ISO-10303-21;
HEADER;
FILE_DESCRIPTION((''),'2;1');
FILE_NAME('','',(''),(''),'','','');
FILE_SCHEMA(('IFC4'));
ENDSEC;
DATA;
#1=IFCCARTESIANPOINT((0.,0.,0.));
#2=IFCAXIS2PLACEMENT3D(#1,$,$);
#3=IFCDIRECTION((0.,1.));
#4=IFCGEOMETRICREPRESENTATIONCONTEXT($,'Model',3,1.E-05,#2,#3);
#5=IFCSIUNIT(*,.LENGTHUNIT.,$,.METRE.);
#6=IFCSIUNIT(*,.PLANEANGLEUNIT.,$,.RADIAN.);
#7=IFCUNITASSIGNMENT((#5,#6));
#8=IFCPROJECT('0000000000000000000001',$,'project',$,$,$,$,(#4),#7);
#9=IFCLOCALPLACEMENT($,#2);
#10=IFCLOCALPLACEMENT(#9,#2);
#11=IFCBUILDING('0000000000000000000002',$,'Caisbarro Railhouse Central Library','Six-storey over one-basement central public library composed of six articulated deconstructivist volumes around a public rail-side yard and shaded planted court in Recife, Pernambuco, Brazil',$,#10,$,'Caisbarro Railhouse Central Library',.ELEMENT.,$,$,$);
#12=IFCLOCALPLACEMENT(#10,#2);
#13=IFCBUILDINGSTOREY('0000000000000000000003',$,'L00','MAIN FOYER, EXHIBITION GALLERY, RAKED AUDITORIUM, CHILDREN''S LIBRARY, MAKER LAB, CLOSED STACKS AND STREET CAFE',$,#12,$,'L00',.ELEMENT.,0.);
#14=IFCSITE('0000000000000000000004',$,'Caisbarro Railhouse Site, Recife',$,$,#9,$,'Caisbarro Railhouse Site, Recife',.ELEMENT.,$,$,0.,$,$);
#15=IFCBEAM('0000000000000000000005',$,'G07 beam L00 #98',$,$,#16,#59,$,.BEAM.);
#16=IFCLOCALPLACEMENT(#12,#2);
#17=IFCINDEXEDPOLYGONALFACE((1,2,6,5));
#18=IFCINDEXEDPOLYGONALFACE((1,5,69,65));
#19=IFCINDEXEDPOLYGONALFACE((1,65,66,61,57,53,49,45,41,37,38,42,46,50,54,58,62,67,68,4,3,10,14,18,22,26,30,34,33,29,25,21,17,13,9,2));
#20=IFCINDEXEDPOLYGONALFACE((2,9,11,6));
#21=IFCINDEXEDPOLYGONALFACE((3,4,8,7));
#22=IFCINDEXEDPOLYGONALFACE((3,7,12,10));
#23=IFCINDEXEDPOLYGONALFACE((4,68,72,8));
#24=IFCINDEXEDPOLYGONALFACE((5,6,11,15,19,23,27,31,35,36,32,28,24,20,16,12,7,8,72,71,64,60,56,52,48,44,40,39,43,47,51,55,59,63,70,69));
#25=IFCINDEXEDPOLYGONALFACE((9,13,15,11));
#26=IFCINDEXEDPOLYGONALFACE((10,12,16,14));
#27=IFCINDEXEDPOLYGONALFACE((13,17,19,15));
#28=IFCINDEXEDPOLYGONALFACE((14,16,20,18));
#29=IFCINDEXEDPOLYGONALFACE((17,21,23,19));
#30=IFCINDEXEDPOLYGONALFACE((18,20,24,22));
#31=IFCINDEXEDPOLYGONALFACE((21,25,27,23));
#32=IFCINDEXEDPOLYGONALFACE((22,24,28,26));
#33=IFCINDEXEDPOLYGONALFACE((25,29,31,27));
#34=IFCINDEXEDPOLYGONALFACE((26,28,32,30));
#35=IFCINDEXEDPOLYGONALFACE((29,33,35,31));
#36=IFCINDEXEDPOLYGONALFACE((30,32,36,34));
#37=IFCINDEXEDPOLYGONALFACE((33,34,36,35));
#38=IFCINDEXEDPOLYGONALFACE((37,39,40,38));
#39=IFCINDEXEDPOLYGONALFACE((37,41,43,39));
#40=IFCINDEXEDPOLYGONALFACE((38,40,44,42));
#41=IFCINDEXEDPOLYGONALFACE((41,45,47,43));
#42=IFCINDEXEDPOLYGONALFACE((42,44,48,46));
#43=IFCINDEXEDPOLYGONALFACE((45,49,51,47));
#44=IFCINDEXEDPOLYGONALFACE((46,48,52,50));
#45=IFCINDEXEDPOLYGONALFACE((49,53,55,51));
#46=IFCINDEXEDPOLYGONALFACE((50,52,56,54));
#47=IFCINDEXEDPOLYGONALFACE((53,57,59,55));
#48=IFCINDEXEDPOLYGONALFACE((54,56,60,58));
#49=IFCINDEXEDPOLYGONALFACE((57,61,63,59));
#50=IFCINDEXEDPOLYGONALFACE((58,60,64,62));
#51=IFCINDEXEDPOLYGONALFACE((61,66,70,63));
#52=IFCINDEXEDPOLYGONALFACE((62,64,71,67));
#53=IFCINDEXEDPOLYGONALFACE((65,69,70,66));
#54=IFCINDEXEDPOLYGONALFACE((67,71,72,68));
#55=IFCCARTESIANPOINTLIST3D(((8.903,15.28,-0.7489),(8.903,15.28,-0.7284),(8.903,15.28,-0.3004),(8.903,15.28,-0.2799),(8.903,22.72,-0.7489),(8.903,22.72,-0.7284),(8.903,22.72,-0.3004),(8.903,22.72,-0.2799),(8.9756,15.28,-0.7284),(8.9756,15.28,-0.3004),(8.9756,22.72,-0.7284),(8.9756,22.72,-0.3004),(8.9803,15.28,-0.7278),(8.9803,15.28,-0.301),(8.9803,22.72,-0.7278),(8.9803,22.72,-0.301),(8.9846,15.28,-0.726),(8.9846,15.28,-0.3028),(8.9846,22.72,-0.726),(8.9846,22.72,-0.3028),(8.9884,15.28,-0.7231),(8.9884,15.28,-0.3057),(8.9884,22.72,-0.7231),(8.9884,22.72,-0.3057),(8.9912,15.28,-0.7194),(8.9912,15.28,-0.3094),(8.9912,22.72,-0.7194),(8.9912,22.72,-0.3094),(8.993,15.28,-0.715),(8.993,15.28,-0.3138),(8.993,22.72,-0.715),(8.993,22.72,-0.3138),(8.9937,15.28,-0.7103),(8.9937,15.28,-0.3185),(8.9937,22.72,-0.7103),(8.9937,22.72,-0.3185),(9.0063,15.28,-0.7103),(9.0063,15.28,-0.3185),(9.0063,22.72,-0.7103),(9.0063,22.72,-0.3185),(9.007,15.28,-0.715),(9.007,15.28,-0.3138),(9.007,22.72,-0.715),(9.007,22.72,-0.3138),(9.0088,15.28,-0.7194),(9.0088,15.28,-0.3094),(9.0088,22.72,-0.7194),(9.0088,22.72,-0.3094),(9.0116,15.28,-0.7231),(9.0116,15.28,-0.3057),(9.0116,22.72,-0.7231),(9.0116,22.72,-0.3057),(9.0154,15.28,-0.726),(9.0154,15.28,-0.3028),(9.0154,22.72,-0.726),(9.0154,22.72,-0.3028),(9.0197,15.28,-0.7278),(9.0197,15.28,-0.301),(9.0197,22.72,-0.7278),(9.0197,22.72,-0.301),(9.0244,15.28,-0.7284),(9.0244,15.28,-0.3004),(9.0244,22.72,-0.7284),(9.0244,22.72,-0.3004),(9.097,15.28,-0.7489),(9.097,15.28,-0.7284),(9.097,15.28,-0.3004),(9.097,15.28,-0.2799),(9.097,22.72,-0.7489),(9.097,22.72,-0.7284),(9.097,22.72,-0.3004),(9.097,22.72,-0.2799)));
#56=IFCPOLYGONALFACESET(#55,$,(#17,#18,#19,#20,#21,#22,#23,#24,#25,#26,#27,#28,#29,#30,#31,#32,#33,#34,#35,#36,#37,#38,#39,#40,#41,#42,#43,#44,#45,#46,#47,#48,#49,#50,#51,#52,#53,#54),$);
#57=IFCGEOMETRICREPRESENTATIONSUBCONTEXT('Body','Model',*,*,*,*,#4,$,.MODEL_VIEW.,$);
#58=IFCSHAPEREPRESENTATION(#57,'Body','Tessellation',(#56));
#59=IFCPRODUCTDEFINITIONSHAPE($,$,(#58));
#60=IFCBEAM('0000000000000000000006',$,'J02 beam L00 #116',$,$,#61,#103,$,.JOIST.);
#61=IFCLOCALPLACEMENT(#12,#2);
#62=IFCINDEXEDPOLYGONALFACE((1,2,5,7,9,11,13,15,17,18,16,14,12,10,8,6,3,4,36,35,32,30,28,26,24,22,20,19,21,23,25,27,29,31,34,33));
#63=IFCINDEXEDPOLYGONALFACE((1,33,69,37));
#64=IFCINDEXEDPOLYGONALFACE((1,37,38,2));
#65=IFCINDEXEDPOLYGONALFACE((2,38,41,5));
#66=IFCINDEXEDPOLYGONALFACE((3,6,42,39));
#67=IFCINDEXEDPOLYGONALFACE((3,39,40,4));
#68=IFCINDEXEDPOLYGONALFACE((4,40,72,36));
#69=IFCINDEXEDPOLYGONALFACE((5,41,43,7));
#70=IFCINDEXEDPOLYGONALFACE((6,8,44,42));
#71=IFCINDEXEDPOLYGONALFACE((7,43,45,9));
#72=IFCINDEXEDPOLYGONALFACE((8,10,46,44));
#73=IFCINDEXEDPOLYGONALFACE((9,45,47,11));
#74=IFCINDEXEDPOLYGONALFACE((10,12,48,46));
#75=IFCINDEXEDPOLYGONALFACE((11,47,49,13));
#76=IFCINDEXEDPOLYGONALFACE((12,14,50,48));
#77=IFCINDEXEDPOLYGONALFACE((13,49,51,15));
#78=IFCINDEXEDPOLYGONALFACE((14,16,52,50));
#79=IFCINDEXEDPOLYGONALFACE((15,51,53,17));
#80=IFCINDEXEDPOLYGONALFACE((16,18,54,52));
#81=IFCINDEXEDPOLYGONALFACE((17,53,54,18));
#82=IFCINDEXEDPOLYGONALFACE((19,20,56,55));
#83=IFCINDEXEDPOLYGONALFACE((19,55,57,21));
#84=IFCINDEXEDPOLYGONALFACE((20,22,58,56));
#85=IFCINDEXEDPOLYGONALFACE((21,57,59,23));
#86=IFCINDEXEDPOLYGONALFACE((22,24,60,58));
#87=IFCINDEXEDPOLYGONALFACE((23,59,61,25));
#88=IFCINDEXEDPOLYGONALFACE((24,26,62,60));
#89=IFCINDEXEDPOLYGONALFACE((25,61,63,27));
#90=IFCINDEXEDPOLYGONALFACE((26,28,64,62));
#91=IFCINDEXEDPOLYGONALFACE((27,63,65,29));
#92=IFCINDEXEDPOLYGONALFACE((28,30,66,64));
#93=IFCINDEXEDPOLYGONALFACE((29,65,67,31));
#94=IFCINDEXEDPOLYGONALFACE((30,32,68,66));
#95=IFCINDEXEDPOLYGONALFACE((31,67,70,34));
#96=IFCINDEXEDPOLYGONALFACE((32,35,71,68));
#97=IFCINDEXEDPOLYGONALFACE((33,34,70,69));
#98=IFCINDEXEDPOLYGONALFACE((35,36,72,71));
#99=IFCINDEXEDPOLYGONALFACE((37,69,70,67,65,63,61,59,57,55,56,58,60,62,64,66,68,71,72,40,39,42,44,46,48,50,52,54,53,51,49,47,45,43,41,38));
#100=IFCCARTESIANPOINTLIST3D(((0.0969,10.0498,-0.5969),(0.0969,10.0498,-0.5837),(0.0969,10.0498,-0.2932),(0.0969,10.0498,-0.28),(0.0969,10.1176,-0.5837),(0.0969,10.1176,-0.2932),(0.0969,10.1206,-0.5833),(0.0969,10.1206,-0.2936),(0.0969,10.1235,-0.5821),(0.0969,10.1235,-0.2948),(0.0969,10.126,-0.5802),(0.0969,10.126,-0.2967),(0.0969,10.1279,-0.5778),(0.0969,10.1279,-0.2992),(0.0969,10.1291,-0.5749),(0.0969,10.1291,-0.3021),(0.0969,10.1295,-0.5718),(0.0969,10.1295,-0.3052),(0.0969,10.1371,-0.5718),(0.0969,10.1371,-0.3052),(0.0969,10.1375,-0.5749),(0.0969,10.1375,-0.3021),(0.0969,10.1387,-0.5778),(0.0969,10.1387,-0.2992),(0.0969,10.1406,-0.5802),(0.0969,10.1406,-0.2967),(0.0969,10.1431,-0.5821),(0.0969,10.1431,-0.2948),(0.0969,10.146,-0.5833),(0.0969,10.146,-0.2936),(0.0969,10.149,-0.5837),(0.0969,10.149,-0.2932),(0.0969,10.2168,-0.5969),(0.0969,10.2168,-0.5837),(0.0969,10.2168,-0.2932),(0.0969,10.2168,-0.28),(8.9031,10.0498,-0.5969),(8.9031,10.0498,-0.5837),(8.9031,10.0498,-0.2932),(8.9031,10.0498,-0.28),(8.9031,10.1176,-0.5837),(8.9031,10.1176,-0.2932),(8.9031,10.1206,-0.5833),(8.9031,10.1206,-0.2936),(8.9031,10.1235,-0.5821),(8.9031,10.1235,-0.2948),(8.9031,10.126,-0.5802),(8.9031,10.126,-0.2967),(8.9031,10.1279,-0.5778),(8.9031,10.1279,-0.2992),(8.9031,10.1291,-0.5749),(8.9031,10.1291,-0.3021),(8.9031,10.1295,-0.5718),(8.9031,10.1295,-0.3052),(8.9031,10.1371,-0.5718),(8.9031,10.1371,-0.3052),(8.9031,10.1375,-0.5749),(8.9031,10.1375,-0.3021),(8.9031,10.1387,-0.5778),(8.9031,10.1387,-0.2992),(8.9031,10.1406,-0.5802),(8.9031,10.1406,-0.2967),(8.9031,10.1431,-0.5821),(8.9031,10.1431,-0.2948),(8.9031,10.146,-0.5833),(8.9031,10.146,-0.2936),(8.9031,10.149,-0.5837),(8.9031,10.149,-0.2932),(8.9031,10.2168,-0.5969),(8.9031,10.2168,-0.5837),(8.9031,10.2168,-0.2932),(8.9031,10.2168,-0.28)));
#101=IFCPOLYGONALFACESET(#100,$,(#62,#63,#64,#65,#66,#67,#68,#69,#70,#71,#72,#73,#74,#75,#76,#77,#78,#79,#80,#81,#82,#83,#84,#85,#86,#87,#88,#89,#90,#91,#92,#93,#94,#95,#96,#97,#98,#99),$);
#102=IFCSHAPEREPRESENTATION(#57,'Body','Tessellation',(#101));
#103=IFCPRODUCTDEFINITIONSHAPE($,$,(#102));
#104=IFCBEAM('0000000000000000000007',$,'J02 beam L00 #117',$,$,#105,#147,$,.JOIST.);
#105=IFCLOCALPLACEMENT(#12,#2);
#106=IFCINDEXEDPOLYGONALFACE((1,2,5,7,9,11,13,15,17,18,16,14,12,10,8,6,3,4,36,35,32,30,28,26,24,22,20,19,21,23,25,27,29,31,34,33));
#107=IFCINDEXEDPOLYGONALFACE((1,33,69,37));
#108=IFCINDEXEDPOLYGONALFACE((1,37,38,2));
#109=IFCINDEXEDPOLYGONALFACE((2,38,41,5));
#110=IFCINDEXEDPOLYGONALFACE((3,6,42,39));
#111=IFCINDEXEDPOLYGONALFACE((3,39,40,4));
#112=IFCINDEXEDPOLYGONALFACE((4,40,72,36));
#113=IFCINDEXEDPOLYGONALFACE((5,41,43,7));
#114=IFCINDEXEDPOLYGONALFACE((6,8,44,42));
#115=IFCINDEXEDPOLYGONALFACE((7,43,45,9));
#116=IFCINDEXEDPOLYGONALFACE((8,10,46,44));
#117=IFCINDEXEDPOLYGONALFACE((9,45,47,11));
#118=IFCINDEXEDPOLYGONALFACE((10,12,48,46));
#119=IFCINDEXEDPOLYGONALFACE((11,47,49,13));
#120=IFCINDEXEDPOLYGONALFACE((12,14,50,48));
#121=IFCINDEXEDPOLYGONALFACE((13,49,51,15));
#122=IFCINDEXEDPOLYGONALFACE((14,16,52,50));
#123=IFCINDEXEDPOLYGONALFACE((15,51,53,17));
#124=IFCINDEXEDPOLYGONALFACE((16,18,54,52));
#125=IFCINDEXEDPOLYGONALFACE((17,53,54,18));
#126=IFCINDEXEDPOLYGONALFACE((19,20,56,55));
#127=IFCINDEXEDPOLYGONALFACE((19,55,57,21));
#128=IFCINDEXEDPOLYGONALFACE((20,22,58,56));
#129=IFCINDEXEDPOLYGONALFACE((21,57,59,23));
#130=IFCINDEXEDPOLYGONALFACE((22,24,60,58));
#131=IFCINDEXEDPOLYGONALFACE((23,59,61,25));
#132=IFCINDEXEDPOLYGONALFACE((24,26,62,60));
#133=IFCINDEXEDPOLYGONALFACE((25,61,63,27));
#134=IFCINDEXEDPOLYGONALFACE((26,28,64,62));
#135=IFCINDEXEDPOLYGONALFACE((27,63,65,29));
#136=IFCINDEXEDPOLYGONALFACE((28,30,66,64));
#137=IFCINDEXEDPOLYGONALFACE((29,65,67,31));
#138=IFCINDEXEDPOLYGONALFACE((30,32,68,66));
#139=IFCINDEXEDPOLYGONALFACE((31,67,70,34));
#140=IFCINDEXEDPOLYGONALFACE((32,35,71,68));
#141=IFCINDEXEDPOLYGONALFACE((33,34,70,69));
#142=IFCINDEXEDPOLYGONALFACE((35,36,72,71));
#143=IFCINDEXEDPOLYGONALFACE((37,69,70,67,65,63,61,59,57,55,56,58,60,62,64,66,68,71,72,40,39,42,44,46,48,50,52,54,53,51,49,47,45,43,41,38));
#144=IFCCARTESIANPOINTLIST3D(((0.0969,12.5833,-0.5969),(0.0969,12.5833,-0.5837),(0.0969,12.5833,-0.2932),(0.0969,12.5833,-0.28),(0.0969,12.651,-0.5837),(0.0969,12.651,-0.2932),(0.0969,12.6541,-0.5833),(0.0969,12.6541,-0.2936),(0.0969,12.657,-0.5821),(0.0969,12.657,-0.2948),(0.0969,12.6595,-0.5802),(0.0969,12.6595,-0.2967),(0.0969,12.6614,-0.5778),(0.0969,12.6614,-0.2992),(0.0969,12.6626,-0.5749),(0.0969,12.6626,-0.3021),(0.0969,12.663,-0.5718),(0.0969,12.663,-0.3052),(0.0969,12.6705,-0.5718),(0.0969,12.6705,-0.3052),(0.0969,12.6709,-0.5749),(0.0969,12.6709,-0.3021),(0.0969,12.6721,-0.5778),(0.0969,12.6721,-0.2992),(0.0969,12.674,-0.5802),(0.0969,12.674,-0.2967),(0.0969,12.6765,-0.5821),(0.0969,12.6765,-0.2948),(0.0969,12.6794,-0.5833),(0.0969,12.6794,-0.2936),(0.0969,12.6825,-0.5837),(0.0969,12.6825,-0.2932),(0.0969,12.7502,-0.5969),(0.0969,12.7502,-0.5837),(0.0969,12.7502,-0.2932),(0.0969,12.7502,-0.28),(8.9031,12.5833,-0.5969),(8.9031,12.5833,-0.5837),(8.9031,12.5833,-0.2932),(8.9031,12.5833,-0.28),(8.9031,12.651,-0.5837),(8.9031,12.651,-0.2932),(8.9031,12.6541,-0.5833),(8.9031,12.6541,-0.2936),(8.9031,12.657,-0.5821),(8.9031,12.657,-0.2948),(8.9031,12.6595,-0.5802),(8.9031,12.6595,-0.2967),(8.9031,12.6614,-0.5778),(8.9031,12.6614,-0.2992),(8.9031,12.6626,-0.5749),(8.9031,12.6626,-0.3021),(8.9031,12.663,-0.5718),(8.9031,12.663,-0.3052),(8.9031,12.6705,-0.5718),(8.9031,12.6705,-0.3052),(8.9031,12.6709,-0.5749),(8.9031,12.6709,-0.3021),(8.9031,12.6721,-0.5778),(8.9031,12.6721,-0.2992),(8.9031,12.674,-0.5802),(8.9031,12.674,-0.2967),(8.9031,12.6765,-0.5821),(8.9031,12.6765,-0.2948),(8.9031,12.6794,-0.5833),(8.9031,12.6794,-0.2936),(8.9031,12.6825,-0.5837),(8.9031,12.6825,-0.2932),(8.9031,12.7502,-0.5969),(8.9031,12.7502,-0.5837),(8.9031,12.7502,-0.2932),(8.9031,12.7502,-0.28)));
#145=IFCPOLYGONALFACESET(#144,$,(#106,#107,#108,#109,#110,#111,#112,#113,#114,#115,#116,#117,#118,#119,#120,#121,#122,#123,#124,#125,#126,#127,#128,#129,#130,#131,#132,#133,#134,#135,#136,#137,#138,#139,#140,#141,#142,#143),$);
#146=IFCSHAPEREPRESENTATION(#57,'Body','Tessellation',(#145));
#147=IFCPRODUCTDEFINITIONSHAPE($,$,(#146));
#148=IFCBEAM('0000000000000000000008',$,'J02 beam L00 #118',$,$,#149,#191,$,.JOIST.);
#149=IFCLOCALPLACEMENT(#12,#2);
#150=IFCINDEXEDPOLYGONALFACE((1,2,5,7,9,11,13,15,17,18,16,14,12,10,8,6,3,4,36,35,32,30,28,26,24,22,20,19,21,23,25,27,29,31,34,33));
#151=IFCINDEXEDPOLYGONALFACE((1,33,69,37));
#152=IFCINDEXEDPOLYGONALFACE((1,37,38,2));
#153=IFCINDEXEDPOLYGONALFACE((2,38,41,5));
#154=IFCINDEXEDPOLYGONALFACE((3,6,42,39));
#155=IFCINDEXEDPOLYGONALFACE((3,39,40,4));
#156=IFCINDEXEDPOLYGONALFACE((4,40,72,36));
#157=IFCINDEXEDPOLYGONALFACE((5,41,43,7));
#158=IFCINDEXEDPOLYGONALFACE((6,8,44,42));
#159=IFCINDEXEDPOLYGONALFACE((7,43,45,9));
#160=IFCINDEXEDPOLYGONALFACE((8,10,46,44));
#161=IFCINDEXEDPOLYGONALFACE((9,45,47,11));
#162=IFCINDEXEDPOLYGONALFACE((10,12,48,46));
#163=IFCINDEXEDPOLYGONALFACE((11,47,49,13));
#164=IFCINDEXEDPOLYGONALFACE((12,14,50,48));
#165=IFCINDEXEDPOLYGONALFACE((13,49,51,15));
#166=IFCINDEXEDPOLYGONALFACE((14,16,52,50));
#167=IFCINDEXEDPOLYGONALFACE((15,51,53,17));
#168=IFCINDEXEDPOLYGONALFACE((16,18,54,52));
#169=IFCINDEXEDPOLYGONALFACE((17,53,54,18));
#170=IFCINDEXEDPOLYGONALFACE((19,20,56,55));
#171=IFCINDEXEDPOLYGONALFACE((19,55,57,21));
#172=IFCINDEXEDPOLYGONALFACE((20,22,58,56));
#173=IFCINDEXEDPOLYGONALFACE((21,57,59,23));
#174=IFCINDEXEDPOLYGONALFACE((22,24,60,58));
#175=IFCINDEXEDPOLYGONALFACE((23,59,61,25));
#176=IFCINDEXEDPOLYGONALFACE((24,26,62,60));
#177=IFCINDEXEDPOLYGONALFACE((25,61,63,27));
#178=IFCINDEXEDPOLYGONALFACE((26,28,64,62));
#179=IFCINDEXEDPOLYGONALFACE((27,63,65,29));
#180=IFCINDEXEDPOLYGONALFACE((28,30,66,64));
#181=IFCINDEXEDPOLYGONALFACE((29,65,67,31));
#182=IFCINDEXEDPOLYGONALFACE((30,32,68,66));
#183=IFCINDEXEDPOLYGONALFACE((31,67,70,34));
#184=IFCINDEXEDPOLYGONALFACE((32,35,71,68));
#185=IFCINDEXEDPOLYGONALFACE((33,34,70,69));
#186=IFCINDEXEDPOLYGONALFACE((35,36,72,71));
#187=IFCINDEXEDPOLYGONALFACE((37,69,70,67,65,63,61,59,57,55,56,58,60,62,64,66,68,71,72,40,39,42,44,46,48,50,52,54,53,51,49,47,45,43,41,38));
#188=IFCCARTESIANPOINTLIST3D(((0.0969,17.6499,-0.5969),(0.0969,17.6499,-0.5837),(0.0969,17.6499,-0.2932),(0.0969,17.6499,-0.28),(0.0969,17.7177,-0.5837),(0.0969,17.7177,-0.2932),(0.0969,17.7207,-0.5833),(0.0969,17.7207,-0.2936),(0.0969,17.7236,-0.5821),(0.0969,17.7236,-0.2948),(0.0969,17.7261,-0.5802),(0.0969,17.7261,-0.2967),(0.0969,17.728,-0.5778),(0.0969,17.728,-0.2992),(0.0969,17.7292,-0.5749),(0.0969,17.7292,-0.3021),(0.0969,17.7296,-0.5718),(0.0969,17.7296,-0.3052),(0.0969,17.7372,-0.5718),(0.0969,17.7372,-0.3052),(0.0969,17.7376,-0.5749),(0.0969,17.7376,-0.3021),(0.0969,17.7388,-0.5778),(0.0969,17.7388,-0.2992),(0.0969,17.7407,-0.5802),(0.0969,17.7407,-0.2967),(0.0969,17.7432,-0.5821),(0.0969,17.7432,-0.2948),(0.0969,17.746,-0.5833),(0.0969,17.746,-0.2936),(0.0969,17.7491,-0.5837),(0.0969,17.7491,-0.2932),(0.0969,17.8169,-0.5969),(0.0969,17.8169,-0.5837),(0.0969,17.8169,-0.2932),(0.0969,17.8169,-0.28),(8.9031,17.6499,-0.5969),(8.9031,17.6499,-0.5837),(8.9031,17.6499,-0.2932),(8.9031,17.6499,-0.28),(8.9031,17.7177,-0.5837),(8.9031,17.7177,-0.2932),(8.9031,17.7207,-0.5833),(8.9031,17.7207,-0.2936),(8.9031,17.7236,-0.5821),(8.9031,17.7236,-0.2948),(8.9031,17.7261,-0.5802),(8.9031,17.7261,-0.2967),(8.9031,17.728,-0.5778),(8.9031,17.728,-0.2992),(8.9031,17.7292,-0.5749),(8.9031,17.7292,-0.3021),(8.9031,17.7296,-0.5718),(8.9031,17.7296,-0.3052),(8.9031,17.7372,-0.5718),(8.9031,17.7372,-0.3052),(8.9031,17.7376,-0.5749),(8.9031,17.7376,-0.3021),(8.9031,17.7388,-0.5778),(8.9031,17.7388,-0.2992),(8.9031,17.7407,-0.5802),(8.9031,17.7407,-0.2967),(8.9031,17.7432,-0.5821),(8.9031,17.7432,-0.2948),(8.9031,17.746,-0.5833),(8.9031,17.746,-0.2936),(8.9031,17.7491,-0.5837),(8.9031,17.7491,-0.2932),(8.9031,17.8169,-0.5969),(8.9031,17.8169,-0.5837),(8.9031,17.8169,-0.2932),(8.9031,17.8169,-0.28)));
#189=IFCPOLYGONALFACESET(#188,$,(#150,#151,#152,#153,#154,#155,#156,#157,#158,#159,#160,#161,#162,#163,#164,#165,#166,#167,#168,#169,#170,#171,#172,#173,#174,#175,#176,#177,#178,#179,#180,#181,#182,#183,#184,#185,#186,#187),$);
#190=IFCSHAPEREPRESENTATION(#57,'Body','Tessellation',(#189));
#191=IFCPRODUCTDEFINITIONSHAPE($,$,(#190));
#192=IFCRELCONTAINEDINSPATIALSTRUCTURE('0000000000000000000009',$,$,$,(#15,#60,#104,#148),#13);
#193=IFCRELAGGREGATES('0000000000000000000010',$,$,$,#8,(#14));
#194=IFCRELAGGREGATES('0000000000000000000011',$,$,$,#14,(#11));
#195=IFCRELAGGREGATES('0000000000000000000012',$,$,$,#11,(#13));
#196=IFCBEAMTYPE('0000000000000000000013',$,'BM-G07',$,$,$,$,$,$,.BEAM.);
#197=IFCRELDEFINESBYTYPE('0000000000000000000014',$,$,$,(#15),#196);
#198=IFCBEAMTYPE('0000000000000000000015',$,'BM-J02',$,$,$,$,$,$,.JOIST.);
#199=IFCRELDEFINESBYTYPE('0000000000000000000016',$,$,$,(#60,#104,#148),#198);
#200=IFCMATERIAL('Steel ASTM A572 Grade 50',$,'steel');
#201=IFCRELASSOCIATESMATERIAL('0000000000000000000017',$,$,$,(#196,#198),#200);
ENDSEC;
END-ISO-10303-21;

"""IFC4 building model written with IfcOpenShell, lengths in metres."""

from ifc_helpers import new_model, si_unit, direction, frame, origin, origin_2d, place, context, subcontext, project, spatial, i_section, extrude, material, material_profile, profile_set, type_object, element, save


model = new_model("IFC4")

# Units and contexts
model_context = context("Model", 3, precision=1e-05, world=origin(), true_north=direction((0.0, 1.0)))
body_context = subcontext(model_context, "Body", "Model", "MODEL_VIEW")
ifc_project = project(units=[si_unit("LENGTHUNIT", "METRE"), si_unit("PLANEANGLEUNIT", "RADIAN")], contexts=[model_context])

# Site, building, storey
site_placement = place(None, origin())
site = spatial("IfcSite", under=ifc_project, at=site_placement, Name="Caisbarro Railhouse Site, Recife", LongName="Caisbarro Railhouse Site, Recife", CompositionType="ELEMENT", RefElevation=0.0)
building_placement = place(site_placement, origin())
building = spatial("IfcBuilding", under=site, at=building_placement, Name="Caisbarro Railhouse Central Library", Description="Six-storey over one-basement central public library composed of six articulated deconstructivist volumes around a public rail-side yard and shaded planted court in Recife, Pernambuco, Brazil", LongName="Caisbarro Railhouse Central Library", CompositionType="ELEMENT")
storey_placement = place(building_placement, origin())
storey = spatial("IfcBuildingStorey", under=building, at=storey_placement, Name="L00", Description="MAIN FOYER, EXHIBITION GALLERY, RAKED AUDITORIUM, CHILDREN'S LIBRARY, MAKER LAB, CLOSED STACKS AND STREET CAFE", LongName="L00", CompositionType="ELEMENT", Elevation=0.0)

# Shared definitions
ifc_material_1 = material(Name="Steel ASTM A572 Grade 50", Category="steel")

# Beams
ifc_material_profile_1 = material_profile(ifc_material_1, i_section(OverallWidth=0.1941, OverallDepth=0.469, WebThickness=0.0127, FlangeThickness=0.0205, FilletRadius=0.0181, at=origin_2d()), Name="W460X106.0")
ifc_profile_set_1 = profile_set([ifc_material_profile_1], Name="Steel ASTM A572 Grade 50")
beam_type_1 = type_object("IfcBeamType", Name="BM-G07", PredefinedType="BEAM", material=ifc_profile_set_1)
for number, where, z_axis, x_axis, name in (
    (1, (9.0, 15.28, -0.5144), (0.0, 1.0, 0.0), (-1.0, 0.0, 0.0), "G07 beam L00 #98"),
):
    element("IfcBeam", number, at=place(storey_placement, frame(where, z_axis=z_axis, x_axis=x_axis)), inside=storey, type_object=beam_type_1, Name=name, PredefinedType="BEAM", context=body_context, shape_type="SweptSolid", body=[
        extrude(i_section(OverallWidth=0.1941, OverallDepth=0.469, WebThickness=0.0127, FlangeThickness=0.0205, FilletRadius=0.0181, at=origin_2d()), origin(), (0.0, 0.0, 1.0), 7.4399),
    ])
ifc_material_profile_2 = material_profile(ifc_material_1, i_section(OverallWidth=0.167, OverallDepth=0.3169, WebThickness=0.0076, FlangeThickness=0.0132, FilletRadius=0.012, at=origin_2d()), Name="W310X52.0")
ifc_profile_set_2 = profile_set([ifc_material_profile_2], Name="Steel ASTM A572 Grade 50")
beam_type_2 = type_object("IfcBeamType", Name="BM-J02", PredefinedType="JOIST", material=ifc_profile_set_2)
for number, where, z_axis, x_axis, name in (
    (2, (0.0969, 10.1333, -0.4385), (1.0, 0.0, 0.0), (0.0, 1.0, 0.0), "J02 beam L00 #116"),
    (3, (0.0969, 12.6667, -0.4385), (1.0, 0.0, 0.0), (0.0, 1.0, 0.0), "J02 beam L00 #117"),
    (4, (0.0969, 17.7334, -0.4385), (1.0, 0.0, 0.0), (0.0, 1.0, 0.0), "J02 beam L00 #118"),
):
    element("IfcBeam", number, at=place(storey_placement, frame(where, z_axis=z_axis, x_axis=x_axis)), inside=storey, type_object=beam_type_2, Name=name, PredefinedType="JOIST", context=body_context, shape_type="SweptSolid", body=[
        extrude(i_section(OverallWidth=0.167, OverallDepth=0.3169, WebThickness=0.0076, FlangeThickness=0.0132, FilletRadius=0.012, at=origin_2d()), origin(), (0.0, 0.0, 1.0), 8.8062),
    ])

save(model, "model.ifc")
